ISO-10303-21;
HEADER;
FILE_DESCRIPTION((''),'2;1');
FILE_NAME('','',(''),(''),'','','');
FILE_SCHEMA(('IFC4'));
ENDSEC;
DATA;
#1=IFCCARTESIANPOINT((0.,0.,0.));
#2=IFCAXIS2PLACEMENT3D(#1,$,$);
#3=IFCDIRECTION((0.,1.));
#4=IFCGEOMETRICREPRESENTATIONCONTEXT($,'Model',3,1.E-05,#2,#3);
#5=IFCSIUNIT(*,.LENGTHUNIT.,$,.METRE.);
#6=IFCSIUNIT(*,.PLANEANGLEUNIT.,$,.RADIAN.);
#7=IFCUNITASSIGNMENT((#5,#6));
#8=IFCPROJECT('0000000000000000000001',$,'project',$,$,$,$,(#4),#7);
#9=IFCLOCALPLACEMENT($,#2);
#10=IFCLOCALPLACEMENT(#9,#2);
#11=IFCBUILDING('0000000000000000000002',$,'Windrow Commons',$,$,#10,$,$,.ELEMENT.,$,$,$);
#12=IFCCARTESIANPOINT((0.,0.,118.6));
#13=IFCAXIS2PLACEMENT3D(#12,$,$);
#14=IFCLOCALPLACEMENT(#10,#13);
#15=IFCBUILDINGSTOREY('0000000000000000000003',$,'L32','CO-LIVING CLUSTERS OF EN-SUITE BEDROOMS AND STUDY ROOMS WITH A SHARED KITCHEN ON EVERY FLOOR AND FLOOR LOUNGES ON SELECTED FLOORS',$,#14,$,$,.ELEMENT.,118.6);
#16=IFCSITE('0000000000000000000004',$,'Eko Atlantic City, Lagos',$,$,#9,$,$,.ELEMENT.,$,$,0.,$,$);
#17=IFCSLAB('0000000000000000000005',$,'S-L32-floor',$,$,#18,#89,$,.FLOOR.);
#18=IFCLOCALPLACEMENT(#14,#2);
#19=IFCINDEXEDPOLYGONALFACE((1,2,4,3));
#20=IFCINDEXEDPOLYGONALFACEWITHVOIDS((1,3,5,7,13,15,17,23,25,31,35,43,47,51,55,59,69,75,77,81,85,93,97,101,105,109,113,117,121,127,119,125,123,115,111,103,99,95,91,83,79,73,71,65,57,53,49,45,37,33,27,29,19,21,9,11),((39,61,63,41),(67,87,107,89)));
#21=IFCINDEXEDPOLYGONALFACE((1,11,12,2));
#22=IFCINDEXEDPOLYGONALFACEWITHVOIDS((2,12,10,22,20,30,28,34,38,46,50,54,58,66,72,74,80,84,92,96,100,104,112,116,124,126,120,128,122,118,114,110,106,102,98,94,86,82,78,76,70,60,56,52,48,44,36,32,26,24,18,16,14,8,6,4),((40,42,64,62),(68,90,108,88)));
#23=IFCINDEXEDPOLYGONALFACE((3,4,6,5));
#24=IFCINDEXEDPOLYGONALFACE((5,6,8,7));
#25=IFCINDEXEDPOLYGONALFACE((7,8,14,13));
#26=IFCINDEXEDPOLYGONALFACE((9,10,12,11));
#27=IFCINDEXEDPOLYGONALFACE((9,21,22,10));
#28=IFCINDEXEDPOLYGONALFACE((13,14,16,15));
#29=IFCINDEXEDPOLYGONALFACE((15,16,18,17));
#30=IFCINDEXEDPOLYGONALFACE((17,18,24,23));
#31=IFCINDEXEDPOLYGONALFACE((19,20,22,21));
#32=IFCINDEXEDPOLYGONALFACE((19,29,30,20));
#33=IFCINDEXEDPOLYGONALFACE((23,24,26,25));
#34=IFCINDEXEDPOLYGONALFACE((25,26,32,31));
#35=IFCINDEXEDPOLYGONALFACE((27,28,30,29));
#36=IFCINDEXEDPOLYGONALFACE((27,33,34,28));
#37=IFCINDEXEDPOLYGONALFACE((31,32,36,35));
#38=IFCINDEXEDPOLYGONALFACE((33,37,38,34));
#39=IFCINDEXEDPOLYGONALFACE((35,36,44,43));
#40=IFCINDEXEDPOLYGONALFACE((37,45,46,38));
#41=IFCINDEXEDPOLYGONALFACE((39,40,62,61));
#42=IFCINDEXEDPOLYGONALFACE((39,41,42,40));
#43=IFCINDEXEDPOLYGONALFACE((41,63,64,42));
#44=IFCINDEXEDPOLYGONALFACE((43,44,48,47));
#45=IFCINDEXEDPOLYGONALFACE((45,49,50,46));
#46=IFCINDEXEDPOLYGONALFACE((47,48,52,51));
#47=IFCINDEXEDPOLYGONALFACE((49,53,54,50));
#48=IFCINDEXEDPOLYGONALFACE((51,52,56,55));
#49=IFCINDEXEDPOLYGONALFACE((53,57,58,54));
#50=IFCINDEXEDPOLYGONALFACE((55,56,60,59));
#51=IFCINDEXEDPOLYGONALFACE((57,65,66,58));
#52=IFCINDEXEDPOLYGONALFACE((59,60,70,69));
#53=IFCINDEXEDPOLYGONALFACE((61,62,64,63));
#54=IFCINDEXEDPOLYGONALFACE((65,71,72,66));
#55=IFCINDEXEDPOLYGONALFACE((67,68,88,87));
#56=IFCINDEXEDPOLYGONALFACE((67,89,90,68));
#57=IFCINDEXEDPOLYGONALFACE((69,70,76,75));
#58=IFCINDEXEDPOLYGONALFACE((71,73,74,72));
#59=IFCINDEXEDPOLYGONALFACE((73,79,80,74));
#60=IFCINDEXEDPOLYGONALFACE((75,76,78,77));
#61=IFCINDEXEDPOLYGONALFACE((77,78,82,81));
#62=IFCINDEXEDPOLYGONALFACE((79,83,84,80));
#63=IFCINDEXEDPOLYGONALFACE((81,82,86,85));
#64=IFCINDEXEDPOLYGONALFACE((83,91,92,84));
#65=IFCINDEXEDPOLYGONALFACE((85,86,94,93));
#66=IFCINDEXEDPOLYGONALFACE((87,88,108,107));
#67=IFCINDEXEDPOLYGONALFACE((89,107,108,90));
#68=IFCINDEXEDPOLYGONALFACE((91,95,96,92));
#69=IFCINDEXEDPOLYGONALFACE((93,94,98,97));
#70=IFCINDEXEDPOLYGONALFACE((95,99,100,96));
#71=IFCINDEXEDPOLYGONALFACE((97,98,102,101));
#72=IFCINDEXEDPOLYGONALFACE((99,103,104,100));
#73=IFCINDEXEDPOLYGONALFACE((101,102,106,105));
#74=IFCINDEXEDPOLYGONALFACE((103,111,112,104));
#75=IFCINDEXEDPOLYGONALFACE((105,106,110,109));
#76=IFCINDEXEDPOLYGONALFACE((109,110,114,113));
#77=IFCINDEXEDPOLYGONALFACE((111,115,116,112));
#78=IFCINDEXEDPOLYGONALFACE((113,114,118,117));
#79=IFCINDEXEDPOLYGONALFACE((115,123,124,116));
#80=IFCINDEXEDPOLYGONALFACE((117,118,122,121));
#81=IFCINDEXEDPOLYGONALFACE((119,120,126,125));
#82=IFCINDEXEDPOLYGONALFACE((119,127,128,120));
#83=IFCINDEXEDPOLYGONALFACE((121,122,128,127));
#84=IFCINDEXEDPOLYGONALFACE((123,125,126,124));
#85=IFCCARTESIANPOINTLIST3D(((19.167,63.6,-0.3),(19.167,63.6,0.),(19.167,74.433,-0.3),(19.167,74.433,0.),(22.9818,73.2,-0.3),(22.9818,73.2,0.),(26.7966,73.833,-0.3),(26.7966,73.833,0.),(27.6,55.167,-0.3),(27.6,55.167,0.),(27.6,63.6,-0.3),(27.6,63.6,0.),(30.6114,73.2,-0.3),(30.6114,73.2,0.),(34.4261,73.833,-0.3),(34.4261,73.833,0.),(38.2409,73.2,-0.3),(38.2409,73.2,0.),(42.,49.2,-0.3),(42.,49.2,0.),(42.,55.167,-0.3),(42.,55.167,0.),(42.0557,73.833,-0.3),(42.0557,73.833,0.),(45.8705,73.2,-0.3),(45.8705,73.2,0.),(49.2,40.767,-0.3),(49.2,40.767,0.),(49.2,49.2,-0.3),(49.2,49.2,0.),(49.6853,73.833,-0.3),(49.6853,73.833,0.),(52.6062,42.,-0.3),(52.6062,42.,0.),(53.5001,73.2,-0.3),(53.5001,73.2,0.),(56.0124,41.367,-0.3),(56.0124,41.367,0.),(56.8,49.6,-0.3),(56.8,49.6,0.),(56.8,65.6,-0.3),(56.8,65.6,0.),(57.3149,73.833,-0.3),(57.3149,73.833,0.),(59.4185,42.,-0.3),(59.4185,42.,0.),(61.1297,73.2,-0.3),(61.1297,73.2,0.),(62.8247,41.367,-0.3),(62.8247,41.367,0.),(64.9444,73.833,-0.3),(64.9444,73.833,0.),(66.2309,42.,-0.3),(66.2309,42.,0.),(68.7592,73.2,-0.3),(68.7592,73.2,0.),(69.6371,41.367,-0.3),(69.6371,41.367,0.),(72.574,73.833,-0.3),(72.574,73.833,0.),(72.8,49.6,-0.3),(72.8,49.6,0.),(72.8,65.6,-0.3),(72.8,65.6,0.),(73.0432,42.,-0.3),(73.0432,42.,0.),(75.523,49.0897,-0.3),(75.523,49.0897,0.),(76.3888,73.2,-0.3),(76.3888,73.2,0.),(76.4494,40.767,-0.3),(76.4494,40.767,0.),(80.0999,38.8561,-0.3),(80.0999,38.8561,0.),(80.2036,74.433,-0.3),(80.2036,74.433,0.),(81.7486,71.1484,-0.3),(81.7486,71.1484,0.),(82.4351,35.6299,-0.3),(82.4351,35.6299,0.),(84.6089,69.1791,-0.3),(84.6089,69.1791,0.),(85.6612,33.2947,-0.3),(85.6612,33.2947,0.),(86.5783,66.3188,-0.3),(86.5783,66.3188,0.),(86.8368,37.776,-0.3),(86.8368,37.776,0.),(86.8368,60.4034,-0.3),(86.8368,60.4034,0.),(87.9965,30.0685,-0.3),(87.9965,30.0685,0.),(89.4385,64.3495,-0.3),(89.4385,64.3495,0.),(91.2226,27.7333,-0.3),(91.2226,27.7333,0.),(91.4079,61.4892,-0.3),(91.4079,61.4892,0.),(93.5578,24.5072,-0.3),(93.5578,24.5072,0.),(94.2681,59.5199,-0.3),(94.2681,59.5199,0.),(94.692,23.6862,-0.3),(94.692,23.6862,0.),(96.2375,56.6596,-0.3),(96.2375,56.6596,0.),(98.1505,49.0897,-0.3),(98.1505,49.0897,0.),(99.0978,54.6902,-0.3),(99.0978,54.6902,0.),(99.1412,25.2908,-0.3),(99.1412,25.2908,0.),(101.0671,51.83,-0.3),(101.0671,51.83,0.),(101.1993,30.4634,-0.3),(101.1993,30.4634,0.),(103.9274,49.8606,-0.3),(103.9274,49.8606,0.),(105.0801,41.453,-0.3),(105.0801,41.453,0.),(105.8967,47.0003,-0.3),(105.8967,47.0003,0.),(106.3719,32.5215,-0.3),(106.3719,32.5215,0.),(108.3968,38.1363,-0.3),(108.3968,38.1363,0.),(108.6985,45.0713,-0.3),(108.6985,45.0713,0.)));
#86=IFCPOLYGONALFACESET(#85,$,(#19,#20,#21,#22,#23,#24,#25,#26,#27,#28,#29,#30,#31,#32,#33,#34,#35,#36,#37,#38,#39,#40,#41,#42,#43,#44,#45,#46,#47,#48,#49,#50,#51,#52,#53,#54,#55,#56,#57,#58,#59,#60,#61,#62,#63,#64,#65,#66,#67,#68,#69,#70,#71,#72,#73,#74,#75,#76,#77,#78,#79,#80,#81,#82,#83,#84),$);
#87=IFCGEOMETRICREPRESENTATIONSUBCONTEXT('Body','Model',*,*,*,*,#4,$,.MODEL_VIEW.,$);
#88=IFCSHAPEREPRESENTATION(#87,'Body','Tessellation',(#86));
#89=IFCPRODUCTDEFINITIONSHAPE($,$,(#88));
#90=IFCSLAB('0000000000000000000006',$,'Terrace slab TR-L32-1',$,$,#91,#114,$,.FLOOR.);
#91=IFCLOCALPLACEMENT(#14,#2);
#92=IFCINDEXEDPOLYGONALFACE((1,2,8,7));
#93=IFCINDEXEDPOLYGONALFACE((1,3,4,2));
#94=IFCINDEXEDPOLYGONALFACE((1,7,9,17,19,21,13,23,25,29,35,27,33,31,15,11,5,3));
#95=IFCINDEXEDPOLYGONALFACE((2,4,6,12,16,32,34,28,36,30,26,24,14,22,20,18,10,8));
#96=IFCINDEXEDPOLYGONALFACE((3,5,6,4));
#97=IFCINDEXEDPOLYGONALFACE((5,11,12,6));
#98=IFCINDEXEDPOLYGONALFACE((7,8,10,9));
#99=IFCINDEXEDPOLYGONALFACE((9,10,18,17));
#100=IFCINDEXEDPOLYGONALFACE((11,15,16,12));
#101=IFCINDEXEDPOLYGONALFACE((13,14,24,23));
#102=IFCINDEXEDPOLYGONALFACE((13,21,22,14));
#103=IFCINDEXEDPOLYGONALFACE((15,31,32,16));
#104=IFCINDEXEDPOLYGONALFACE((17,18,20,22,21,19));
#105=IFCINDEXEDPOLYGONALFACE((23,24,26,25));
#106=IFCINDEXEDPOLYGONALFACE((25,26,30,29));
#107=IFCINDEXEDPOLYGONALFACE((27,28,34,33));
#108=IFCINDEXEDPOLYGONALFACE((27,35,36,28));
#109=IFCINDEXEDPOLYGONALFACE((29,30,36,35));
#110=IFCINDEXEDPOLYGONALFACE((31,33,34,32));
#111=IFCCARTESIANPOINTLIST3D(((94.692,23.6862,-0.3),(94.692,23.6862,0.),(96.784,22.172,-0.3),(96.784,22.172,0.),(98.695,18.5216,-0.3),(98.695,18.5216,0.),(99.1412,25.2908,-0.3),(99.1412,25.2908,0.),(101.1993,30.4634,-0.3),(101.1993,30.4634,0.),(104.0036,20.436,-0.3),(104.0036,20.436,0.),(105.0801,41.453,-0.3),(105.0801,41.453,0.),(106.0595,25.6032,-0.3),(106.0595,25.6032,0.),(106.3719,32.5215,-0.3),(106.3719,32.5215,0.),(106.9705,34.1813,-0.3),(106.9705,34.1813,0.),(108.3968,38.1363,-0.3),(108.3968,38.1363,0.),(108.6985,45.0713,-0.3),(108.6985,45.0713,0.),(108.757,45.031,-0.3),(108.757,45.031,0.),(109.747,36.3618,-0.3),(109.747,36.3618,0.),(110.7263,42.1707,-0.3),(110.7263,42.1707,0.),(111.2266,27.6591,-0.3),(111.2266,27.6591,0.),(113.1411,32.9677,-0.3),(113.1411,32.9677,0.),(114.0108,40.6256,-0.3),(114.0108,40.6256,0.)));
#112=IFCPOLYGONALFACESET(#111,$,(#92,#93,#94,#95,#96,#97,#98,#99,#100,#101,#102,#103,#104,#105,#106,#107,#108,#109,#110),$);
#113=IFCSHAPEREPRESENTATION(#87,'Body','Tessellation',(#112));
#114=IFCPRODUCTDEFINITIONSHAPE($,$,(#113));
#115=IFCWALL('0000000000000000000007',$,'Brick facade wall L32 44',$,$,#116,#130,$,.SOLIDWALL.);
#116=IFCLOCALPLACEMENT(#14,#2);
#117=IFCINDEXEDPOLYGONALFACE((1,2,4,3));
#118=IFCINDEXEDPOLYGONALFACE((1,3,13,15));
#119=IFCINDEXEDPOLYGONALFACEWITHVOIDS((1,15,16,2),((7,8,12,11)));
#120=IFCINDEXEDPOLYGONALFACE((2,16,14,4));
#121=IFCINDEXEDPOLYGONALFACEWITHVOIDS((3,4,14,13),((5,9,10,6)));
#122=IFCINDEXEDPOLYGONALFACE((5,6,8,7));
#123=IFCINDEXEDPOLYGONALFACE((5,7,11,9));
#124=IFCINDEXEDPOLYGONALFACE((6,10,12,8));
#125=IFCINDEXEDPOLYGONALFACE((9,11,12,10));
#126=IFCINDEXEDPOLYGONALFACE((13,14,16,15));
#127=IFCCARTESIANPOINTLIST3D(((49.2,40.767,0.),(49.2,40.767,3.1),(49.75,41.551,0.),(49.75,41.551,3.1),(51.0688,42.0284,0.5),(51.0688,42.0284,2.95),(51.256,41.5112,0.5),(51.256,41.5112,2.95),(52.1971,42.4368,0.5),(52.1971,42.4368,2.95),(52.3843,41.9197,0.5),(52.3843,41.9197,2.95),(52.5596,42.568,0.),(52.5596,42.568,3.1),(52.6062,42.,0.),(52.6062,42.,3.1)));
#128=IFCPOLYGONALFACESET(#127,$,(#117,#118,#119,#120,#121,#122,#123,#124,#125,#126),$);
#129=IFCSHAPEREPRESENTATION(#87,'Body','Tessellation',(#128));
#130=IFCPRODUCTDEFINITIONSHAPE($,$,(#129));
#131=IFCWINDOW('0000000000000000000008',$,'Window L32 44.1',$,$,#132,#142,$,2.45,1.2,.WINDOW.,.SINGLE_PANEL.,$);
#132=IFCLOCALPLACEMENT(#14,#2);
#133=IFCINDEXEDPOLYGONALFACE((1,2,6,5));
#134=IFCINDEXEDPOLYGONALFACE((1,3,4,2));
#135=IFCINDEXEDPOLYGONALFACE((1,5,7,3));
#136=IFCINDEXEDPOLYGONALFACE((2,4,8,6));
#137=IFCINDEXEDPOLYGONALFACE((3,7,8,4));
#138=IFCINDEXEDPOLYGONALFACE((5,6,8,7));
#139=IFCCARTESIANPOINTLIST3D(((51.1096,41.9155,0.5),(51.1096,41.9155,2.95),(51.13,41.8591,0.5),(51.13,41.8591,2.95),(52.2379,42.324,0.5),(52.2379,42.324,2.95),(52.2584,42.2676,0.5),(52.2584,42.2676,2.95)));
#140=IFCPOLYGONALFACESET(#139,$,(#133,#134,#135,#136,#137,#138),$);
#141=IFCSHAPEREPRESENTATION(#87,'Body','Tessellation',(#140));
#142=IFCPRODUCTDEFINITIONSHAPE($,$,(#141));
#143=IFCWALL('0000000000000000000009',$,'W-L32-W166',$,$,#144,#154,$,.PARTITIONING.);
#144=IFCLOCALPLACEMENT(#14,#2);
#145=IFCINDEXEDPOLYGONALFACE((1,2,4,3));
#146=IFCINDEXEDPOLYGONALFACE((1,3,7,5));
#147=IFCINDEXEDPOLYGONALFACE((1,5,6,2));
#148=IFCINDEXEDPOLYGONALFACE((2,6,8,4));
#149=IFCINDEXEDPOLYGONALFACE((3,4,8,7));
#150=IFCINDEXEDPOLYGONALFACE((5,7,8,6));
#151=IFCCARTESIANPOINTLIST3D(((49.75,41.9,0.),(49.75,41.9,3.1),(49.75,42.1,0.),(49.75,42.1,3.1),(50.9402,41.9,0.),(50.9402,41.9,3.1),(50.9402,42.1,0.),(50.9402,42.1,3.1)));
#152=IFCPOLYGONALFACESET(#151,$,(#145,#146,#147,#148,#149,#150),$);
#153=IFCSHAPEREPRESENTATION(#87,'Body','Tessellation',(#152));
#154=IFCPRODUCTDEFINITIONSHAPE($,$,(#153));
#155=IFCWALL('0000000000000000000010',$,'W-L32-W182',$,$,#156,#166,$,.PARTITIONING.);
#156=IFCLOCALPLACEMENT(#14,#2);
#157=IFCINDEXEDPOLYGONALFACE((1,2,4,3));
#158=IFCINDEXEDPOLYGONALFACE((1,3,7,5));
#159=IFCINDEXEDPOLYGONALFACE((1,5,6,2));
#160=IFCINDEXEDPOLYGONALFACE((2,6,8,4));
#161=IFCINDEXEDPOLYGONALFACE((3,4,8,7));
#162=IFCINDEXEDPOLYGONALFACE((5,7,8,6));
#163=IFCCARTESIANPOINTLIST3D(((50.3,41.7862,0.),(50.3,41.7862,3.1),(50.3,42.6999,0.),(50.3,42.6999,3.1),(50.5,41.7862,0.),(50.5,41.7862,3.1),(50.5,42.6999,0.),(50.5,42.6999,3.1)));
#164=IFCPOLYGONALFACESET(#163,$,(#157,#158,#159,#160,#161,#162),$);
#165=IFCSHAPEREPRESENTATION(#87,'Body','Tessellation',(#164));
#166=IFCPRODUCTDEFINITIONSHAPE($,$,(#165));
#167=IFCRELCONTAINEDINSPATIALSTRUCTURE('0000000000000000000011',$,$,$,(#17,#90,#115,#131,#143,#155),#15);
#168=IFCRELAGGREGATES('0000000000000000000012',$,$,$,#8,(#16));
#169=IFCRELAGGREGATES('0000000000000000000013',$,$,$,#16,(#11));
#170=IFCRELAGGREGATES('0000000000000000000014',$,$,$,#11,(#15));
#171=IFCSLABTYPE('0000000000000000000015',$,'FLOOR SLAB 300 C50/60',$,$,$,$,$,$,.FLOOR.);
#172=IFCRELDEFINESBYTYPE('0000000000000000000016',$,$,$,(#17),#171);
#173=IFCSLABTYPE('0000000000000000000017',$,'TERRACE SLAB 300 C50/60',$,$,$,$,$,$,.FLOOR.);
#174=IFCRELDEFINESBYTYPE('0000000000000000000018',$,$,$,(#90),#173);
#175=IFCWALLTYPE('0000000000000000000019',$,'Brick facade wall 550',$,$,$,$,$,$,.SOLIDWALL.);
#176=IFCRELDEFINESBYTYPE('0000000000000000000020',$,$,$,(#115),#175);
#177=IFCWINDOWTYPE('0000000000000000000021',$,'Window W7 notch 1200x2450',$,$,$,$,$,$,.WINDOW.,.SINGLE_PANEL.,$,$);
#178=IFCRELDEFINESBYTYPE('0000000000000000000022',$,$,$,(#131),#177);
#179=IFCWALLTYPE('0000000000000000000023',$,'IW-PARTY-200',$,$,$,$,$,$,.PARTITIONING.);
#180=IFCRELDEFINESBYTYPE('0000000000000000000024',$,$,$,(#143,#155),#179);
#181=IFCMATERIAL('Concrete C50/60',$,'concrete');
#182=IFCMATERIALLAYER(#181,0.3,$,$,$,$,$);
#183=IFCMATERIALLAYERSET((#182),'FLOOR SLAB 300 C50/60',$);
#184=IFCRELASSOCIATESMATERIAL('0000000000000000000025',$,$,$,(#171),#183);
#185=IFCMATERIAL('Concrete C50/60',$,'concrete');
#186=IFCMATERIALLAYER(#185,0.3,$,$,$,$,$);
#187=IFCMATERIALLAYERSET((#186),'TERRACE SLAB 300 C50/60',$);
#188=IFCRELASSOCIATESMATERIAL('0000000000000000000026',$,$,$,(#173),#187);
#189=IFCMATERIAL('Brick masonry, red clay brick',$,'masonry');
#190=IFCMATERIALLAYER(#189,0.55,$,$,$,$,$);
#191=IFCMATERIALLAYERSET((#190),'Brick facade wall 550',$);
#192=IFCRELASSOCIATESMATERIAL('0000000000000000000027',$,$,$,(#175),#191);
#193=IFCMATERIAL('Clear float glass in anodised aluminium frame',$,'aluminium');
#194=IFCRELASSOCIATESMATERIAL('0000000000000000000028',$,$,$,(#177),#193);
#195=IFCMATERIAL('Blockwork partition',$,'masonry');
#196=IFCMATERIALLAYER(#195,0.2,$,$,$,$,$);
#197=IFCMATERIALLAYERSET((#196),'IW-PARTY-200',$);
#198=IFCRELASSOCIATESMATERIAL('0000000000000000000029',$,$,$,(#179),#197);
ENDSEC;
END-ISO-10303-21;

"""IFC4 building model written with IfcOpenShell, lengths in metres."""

from ifc_helpers import new_model, si_unit, direction, frame, frame_2d, origin, place, context, subcontext, project, spatial, polyline, rectangle, outline, extrude, material, layer, layer_set, type_object, element, fill, save


model = new_model("IFC4")

# Units and contexts
model_context = context("Model", 3, precision=1e-05, world=origin(), true_north=direction((0.0, 1.0)))
body_context = subcontext(model_context, "Body", "Model", "MODEL_VIEW")
ifc_project = project(units=[si_unit("LENGTHUNIT", "METRE"), si_unit("PLANEANGLEUNIT", "RADIAN")], contexts=[model_context])

# Site, building, storey
site_placement = place(None, origin())
site = spatial("IfcSite", under=ifc_project, at=site_placement, Name="Eko Atlantic City, Lagos", CompositionType="ELEMENT", RefElevation=0.0)
building_placement = place(site_placement, origin())
building = spatial("IfcBuilding", under=site, at=building_placement, Name="Windrow Commons", CompositionType="ELEMENT")
storey_placement = place(building_placement, frame((0.0, 0.0, 118.6)))
storey = spatial("IfcBuildingStorey", under=building, at=storey_placement, Name="L32", Description="CO-LIVING CLUSTERS OF EN-SUITE BEDROOMS AND STUDY ROOMS WITH A SHARED KITCHEN ON EVERY FLOOR AND FLOOR LOUNGES ON SELECTED FLOORS", CompositionType="ELEMENT", Elevation=118.6)

# Shared definitions
placement_1 = place(storey_placement, frame((0.0, 0.0, -0.3)))

# Slab, openings
ifc_material_1 = material(Name="Concrete C50/60", Category="concrete")
ifc_layer_1 = layer(ifc_material_1, 0.3)
ifc_layer_set_1 = layer_set([ifc_layer_1], Name="FLOOR SLAB 300 C50/60")
slab_type_1 = type_object("IfcSlabType", Name="FLOOR SLAB 300 C50/60", PredefinedType="FLOOR", material=ifc_layer_set_1)
slab_1 = element("IfcSlab", 1, at=placement_1, inside=storey, type_object=slab_type_1, Name="S-L32-floor", PredefinedType="FLOOR", context=body_context, shape_type="SweptSolid", body=[
    extrude(outline(polyline([(91.2226, 27.7333), (93.5578, 24.5072), (94.692, 23.6862), (99.1412, 25.2908), (101.1993, 30.4634), (106.3719, 32.5215), (106.9705, 34.1813), (108.3968, 38.1363), (105.0801, 41.453), (108.6985, 45.0713), (105.8967, 47.0003), (103.9274, 49.8606), (101.0671, 51.83), (99.0978, 54.6902), (96.2375, 56.6596), (94.2681, 59.5199), (91.4079, 61.4892), (89.4385, 64.3495), (86.5783, 66.3188), (84.6089, 69.1791), (81.7486, 71.1484), (80.2036, 74.433), (76.3888, 73.2), (72.574, 73.833), (68.7592, 73.2), (64.9444, 73.833), (61.1297, 73.2), (57.3149, 73.833), (53.5001, 73.2), (49.6853, 73.833), (45.8705, 73.2), (42.0557, 73.833), (38.2409, 73.2), (34.4261, 73.833), (30.6114, 73.2), (26.7966, 73.833), (22.9818, 73.2), (19.167, 74.433), (19.167, 63.6), (27.6, 63.6), (27.6, 55.167), (42.0, 55.167), (42.0, 49.2), (49.2, 49.2), (49.2, 40.767), (52.6062, 42.0), (56.0124, 41.367), (59.4185, 42.0), (62.8247, 41.367), (66.2309, 42.0), (69.6371, 41.367), (73.0432, 42.0), (76.4494, 40.767), (80.0999, 38.8561), (82.4351, 35.6299), (85.6612, 33.2947), (87.9965, 30.0685), (91.2226, 27.7333)]), holes=[polyline([(75.523, 49.0897), (86.8368, 60.4034), (98.1505, 49.0897), (86.8368, 37.776), (75.523, 49.0897)]), polyline([(56.8, 49.6), (56.8, 65.6), (72.8, 65.6), (72.8, 49.6), (56.8, 49.6)])]), origin(), (0.0, 0.0, 1.0), 0.3),
])
opening_1_placement = place(placement_1, origin())
element("IfcOpeningElement", 2, at=opening_1_placement, cuts=slab_1, PredefinedType="OPENING", context=body_context, shape_type="SweptSolid", body=[
    extrude(outline(polyline([(75.5301, 49.0897), (86.8368, 60.3963), (98.1434, 49.0897), (86.8368, 37.7831), (75.5301, 49.0897)])), origin(), (0.0, 0.0, 1.0), 0.3),
])
opening_2_placement = place(placement_1, origin())
element("IfcOpeningElement", 3, at=opening_2_placement, cuts=slab_1, PredefinedType="OPENING", context=body_context, shape_type="SweptSolid", body=[
    extrude(outline(polyline([(56.805, 49.605), (56.805, 65.595), (72.795, 65.595), (72.795, 49.605), (56.805, 49.605)])), origin(), (0.0, 0.0, 1.0), 0.3),
])

# Slab
ifc_material_2 = material(Name="Concrete C50/60", Category="concrete")
ifc_layer_2 = layer(ifc_material_2, 0.3)
ifc_layer_set_2 = layer_set([ifc_layer_2], Name="TERRACE SLAB 300 C50/60")
slab_type_2 = type_object("IfcSlabType", Name="TERRACE SLAB 300 C50/60", PredefinedType="FLOOR", material=ifc_layer_set_2)
element("IfcSlab", 4, at=placement_1, inside=storey, type_object=slab_type_2, Name="Terrace slab TR-L32-1", PredefinedType="FLOOR", context=body_context, shape_type="SweptSolid", body=[
    extrude(outline(polyline([(99.1412, 25.2908), (94.692, 23.6862), (96.784, 22.172), (98.695, 18.5216), (104.0036, 20.436), (106.0595, 25.6032), (111.2266, 27.6591), (113.1411, 32.9677), (109.747, 36.3618), (114.0108, 40.6256), (110.7263, 42.1707), (108.757, 45.031), (108.6985, 45.0713), (105.0801, 41.453), (108.3968, 38.1363), (106.9705, 34.1813), (106.3719, 32.5215), (101.1993, 30.4634), (99.1412, 25.2908)])), origin(), (0.0, 0.0, 1.0), 0.3),
])

# Wall, opening, window
ifc_material_3 = material(Name="Brick masonry, red clay brick", Category="masonry")
ifc_layer_3 = layer(ifc_material_3, 0.55)
ifc_layer_set_3 = layer_set([ifc_layer_3], Name="Brick facade wall 550")
wall_type_1 = type_object("IfcWallType", Name="Brick facade wall 550", PredefinedType="SOLIDWALL", material=ifc_layer_set_3)
wall_1_placement = place(storey_placement, frame((49.475, 41.159, 0.0), z_axis=(0.0, 0.0, 1.0), x_axis=(0.940292, 0.340368, 0.0)))
wall_1 = element("IfcWall", 5, at=wall_1_placement, inside=storey, type_object=wall_type_1, Name="Brick facade wall L32 44", PredefinedType="SOLIDWALL", context=body_context, shape_type="SweptSolid", body=[
    extrude(outline(polyline([(-0.392, -0.275), (3.2305, -0.275), (3.38, 0.275), (0.392, 0.275), (-0.392, -0.275)])), origin(), (0.0, 0.0, 1.0), 3.1),
])
opening_3_placement = place(wall_1_placement, frame((1.7945, 0.0, 0.5)))
opening_3 = element("IfcOpeningElement", 6, at=opening_3_placement, cuts=wall_1, PredefinedType="OPENING", context=body_context, shape_type="SweptSolid", body=[
    extrude(rectangle(XDim=1.2, YDim=2.45, at=frame_2d((0.6, 1.225))), frame((0.0, 0.285, 0.0), z_axis=(0.0, -1.0, 0.0), x_axis=(1.0, 0.0, 0.0)), (0.0, 0.0, 1.0), 0.57),
])
ifc_material_4 = material(Name="Clear float glass in anodised aluminium frame", Category="aluminium")
window_type = type_object("IfcWindowType", Name="Window W7 notch 1200x2450", PartitioningType="SINGLE_PANEL", PredefinedType="WINDOW", material=ifc_material_4)
window_placement = place(opening_3_placement, origin())
window = element("IfcWindow", 7, at=window_placement, inside=storey, type_object=window_type, Name="Window L32 44.1", OverallHeight=2.45, OverallWidth=1.2, PartitioningType="SINGLE_PANEL", PredefinedType="WINDOW", context=body_context, shape_type="SweptSolid", body=[
    extrude(rectangle(XDim=1.2, YDim=2.45, at=frame_2d((0.6, 1.225))), frame((0.0, 0.155, 0.0), z_axis=(0.0, -1.0, 0.0), x_axis=(1.0, 0.0, 0.0)), (0.0, 0.0, 1.0), 0.06),
])
fill(opening_3, window)

# Walls
ifc_material_5 = material(Name="Blockwork partition", Category="masonry")
ifc_layer_4 = layer(ifc_material_5, 0.2)
ifc_layer_set_4 = layer_set([ifc_layer_4], Name="IW-PARTY-200")
wall_type_2 = type_object("IfcWallType", Name="IW-PARTY-200", PredefinedType="PARTITIONING", material=ifc_layer_set_4)
wall_2_placement = place(storey_placement, frame((49.75, 42.0, 0.0), z_axis=(0.0, 0.0, 1.0), x_axis=(1.0, 0.0, 0.0)))
element("IfcWall", 8, at=wall_2_placement, inside=storey, type_object=wall_type_2, Name="W-L32-W166", PredefinedType="PARTITIONING", context=body_context, shape_type="SweptSolid", body=[
    extrude(rectangle(XDim=1.1903, YDim=0.2, at=frame_2d((0.5951, 0.0))), origin(), (0.0, 0.0, 1.0), 3.1),
])
wall_3_placement = place(storey_placement, frame((50.4, 41.7863, 0.0), z_axis=(0.0, 0.0, 1.0), x_axis=(0.0, 1.0, 0.0)))
element("IfcWall", 9, at=wall_3_placement, inside=storey, type_object=wall_type_2, Name="W-L32-W182", PredefinedType="PARTITIONING", context=body_context, shape_type="SweptSolid", body=[
    extrude(rectangle(XDim=0.9137, YDim=0.2, at=frame_2d((0.4568, 0.0))), origin(), (0.0, 0.0, 1.0), 3.1),
])

save(model, "model.ifc")
